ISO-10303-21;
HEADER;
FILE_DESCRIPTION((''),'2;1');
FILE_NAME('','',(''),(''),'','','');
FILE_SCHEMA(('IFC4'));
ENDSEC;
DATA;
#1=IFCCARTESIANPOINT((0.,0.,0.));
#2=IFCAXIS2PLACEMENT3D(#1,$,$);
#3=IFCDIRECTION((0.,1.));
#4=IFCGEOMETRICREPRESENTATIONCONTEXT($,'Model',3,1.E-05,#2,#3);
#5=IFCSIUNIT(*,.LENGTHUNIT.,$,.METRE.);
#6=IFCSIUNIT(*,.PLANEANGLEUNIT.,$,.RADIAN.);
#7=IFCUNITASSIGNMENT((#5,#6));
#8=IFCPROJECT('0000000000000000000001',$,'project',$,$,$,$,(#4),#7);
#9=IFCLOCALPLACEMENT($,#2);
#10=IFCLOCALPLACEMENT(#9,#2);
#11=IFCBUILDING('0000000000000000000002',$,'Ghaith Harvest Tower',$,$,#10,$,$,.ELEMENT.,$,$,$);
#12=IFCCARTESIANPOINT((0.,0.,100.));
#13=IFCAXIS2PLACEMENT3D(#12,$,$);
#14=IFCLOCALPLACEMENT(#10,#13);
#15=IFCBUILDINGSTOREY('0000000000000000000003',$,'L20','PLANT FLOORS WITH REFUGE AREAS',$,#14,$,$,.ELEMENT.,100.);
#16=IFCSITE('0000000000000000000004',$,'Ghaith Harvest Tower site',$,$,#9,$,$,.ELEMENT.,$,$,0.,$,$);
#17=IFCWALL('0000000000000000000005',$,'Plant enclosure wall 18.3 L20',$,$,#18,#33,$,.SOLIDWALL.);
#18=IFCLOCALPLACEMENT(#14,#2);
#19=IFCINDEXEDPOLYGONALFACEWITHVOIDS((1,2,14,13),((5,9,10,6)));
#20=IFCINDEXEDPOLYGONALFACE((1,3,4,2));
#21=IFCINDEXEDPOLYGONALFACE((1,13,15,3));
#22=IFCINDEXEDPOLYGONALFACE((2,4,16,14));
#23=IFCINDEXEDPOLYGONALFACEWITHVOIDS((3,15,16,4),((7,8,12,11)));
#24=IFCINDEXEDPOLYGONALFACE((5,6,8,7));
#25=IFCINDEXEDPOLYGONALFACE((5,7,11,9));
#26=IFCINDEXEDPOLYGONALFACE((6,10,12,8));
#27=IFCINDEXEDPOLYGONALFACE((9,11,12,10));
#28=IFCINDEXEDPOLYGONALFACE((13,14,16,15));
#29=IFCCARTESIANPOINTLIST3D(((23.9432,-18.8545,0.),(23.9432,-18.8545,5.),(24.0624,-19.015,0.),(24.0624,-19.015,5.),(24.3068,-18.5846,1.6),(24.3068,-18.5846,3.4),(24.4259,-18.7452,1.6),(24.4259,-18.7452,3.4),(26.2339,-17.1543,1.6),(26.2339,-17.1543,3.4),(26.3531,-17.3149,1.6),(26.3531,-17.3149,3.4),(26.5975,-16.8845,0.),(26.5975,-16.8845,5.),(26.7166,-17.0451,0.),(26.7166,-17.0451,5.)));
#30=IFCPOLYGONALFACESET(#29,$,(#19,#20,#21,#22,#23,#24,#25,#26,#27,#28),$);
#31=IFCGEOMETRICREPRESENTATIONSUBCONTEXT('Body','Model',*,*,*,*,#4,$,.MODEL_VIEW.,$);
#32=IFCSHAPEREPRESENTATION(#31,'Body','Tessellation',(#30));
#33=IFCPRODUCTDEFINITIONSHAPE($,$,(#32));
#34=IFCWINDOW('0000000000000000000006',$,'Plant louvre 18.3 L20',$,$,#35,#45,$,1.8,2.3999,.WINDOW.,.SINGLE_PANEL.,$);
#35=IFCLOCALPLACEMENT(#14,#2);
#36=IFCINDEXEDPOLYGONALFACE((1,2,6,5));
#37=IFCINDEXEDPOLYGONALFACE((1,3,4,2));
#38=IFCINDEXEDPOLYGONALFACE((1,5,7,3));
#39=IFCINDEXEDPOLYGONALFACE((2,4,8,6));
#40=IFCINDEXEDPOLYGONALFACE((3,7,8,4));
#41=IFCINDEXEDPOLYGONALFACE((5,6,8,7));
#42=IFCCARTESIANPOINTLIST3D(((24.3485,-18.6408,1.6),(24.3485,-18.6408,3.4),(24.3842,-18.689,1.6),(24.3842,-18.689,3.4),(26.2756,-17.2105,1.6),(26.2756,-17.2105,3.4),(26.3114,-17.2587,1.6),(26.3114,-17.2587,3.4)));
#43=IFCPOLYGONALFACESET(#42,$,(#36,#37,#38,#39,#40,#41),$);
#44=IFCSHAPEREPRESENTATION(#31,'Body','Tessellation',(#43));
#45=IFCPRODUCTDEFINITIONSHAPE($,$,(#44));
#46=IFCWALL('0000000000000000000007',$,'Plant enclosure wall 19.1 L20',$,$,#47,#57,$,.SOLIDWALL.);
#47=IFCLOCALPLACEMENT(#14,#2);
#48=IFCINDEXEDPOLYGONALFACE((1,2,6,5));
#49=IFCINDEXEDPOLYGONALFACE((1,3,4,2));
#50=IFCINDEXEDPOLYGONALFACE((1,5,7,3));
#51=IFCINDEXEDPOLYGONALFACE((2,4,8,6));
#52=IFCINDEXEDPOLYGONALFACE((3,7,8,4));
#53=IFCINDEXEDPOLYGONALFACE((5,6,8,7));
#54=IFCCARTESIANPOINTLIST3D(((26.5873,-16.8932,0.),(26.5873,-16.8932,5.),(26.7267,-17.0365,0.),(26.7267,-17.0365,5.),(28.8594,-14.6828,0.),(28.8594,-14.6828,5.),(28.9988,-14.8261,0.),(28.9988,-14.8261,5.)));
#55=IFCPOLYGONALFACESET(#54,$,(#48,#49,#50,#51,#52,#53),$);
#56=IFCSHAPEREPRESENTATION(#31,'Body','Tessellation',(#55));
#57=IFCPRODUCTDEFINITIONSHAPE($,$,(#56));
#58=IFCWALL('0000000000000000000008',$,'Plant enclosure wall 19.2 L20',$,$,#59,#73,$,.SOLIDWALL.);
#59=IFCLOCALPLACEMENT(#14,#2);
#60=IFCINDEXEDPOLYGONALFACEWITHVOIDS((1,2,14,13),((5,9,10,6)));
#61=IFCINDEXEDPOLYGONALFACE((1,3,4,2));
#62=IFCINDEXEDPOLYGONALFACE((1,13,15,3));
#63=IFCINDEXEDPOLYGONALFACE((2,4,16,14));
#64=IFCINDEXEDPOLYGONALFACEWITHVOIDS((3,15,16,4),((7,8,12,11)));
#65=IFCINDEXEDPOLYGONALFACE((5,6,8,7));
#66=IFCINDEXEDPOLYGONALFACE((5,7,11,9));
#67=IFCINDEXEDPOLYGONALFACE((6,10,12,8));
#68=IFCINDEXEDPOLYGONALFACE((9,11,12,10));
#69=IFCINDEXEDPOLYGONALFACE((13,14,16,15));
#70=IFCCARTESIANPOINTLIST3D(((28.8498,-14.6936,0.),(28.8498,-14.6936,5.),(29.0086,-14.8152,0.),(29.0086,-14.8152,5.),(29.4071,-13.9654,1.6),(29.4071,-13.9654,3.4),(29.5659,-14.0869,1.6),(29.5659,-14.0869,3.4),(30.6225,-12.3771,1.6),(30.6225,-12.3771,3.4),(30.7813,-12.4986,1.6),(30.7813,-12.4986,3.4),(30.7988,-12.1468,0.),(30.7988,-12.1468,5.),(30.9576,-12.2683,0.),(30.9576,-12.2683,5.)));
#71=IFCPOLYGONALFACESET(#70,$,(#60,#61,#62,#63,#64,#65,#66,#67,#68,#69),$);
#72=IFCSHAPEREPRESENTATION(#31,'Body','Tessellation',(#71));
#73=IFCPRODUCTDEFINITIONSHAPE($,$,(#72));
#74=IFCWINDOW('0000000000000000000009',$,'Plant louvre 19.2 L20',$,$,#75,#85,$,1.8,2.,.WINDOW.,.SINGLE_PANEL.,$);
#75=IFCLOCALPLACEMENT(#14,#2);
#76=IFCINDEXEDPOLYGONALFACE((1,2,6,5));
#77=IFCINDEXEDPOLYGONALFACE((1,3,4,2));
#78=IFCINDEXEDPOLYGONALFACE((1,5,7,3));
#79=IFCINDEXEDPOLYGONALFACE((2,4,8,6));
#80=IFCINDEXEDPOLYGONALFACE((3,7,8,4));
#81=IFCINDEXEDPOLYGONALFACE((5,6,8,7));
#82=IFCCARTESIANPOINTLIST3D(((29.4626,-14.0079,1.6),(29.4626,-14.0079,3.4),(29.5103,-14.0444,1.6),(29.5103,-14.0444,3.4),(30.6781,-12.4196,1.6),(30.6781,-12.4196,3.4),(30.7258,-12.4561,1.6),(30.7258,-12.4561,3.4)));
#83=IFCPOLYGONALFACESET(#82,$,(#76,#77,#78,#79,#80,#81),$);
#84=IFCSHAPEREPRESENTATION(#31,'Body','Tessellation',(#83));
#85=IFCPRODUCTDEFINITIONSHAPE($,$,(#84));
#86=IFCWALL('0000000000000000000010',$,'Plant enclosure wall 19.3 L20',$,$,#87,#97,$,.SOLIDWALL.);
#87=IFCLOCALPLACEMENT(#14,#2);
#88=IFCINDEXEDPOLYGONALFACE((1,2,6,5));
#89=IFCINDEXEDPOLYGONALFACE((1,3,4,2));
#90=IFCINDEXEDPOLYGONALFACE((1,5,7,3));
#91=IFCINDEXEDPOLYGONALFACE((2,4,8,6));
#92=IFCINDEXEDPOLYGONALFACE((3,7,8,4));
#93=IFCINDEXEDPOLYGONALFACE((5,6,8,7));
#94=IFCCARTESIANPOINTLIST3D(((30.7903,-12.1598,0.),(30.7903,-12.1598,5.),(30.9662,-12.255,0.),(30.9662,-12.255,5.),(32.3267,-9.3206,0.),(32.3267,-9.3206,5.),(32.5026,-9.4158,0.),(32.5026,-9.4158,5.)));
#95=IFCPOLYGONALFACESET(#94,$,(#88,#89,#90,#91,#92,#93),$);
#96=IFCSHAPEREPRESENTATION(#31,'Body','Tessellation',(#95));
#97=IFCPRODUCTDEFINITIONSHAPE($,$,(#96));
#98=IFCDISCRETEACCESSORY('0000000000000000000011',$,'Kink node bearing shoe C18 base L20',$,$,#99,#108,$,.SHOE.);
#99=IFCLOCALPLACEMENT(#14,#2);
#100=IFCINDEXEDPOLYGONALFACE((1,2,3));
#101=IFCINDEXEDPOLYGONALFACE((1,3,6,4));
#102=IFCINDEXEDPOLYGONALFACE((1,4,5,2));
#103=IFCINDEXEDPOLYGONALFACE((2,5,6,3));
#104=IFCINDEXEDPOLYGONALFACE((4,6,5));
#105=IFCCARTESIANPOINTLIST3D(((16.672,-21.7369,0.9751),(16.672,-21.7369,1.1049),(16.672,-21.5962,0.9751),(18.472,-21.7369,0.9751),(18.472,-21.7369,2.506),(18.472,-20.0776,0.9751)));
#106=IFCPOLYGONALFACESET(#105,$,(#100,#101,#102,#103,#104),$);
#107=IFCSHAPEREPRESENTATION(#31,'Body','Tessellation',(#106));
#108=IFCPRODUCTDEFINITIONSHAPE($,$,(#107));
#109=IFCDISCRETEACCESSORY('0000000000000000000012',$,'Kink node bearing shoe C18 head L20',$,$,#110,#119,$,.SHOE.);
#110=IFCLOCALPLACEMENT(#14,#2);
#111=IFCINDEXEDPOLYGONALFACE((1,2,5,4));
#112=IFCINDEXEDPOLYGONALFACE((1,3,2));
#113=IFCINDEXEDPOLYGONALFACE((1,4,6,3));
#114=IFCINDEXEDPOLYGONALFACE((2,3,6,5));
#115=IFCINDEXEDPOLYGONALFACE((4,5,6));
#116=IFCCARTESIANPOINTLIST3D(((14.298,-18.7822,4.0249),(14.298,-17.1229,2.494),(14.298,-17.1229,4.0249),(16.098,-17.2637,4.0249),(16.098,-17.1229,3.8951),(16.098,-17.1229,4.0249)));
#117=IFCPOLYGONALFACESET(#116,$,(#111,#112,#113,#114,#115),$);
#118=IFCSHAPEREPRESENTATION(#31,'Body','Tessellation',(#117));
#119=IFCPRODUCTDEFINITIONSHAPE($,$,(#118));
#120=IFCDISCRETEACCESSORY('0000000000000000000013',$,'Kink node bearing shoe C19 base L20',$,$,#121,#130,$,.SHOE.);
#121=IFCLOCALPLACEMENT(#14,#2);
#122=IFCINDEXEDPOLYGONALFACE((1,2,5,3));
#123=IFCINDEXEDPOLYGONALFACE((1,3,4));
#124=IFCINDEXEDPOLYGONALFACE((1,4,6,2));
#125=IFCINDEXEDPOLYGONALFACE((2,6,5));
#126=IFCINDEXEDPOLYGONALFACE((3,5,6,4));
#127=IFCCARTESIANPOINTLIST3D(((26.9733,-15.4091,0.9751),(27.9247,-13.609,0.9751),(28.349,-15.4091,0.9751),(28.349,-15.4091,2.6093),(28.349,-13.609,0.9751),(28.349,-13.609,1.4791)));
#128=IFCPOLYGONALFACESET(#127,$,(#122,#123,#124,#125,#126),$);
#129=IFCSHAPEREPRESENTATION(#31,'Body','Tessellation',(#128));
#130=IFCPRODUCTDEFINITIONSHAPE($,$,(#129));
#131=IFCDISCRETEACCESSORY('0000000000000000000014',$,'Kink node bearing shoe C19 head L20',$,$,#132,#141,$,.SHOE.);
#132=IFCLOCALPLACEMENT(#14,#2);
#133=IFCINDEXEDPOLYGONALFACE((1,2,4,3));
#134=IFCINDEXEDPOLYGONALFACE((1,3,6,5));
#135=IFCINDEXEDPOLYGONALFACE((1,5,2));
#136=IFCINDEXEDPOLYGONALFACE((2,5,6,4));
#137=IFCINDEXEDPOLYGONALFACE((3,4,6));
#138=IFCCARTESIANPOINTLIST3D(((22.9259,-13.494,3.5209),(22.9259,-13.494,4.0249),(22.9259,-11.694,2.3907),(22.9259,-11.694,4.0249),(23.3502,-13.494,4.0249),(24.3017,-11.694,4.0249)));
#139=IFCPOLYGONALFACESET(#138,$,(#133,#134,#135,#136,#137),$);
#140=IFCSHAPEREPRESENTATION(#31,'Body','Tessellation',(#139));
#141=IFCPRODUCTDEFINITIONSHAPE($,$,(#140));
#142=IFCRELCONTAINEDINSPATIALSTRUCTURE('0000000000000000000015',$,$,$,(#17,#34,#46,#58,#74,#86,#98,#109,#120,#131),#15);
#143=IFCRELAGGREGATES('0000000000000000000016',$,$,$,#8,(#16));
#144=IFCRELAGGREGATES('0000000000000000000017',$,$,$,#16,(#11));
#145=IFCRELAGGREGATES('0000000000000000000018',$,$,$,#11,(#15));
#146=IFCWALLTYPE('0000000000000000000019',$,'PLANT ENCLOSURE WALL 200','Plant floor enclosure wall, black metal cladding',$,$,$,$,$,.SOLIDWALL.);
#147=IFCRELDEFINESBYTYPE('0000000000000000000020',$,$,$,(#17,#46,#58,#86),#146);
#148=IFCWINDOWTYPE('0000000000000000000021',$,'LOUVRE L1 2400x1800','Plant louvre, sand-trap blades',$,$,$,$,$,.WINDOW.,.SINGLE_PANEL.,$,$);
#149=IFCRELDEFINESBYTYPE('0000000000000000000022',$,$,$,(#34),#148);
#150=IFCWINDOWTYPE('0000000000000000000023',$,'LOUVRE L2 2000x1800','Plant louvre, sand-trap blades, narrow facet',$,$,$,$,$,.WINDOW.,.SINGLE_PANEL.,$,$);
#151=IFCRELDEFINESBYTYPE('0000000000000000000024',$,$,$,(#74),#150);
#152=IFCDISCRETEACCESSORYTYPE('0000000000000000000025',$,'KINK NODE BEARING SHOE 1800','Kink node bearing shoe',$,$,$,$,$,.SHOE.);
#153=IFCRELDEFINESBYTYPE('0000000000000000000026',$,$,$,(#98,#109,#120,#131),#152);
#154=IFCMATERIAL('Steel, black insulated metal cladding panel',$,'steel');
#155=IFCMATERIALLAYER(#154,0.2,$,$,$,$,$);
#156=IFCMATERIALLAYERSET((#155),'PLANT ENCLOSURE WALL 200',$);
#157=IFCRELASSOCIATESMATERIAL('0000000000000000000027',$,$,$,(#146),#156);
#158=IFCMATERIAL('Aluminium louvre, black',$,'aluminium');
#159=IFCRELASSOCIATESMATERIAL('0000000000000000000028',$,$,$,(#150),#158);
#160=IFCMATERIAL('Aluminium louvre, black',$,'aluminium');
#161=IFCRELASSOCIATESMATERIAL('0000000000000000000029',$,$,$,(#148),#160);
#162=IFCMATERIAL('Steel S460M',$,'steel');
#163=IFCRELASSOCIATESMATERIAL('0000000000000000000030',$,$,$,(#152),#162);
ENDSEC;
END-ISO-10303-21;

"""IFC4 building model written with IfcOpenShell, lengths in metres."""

from ifc_helpers import new_model, si_unit, direction, frame, frame_2d, origin, origin_2d, place, context, subcontext, project, spatial, rectangle, extrude, clip, halfspace, material, layer, layer_set, material_profile, profile_set, type_object, element, fill, save


model = new_model("IFC4")

# Units and contexts
model_context = context("Model", 3, precision=1e-05, world=origin(), true_north=direction((0.0, 1.0)))
body_context = subcontext(model_context, "Body", "Model", "MODEL_VIEW")
ifc_project = project(units=[si_unit("LENGTHUNIT", "METRE"), si_unit("PLANEANGLEUNIT", "RADIAN")], contexts=[model_context])

# Site, building, storey
site_placement = place(None, origin())
site = spatial("IfcSite", under=ifc_project, at=site_placement, Name="Ghaith Harvest Tower site", CompositionType="ELEMENT", RefElevation=0.0)
building_placement = place(site_placement, origin())
building = spatial("IfcBuilding", under=site, at=building_placement, Name="Ghaith Harvest Tower", CompositionType="ELEMENT")
storey_placement = place(building_placement, frame((0.0, 0.0, 100.0)))
storey = spatial("IfcBuildingStorey", under=building, at=storey_placement, Name="L20", Description="PLANT FLOORS WITH REFUGE AREAS", CompositionType="ELEMENT", Elevation=100.0)

# Shared definitions
ifc_material_1 = material(Name="Steel, black insulated metal cladding panel", Category="steel")
ifc_layer_1 = layer(ifc_material_1, 0.2)
ifc_layer_set_1 = layer_set([ifc_layer_1], Name="PLANT ENCLOSURE WALL 200")
wall_type = type_object("IfcWallType", Name="PLANT ENCLOSURE WALL 200", Description="Plant floor enclosure wall, black metal cladding", PredefinedType="SOLIDWALL", material=ifc_layer_set_1)

# Wall, opening, window
ifc_material_2 = material(Name="Aluminium louvre, black", Category="aluminium")
window_type_1 = type_object("IfcWindowType", Name="LOUVRE L2 2000x1800", Description="Plant louvre, sand-trap blades, narrow facet", PartitioningType="SINGLE_PANEL", PredefinedType="WINDOW", material=ifc_material_2)
ifc_material_3 = material(Name="Aluminium louvre, black", Category="aluminium")
window_type_2 = type_object("IfcWindowType", Name="LOUVRE L1 2400x1800", Description="Plant louvre, sand-trap blades", PartitioningType="SINGLE_PANEL", PredefinedType="WINDOW", material=ifc_material_3)
wall_1_placement = place(storey_placement, frame((24.0027, -18.9348, 0.0), z_axis=(0.0, 0.0, 1.0), x_axis=(0.803003, 0.595974, 0.0)))
wall_1 = element("IfcWall", 1, at=wall_1_placement, inside=storey, type_object=wall_type, Name="Plant enclosure wall 18.3 L20", PredefinedType="SOLIDWALL", context=body_context, shape_type="SweptSolid", body=[
    extrude(rectangle(XDim=3.3054, YDim=0.2, at=frame_2d((1.6528, 0.0))), origin(), (0.0, 0.0, 1.0), 5.0),
])
opening_1_placement = place(wall_1_placement, frame((0.4529, 0.0, 1.6001)))
opening_1 = element("IfcOpeningElement", 2, at=opening_1_placement, cuts=wall_1, PredefinedType="OPENING", context=body_context, shape_type="SweptSolid", body=[
    extrude(rectangle(XDim=2.3999, YDim=1.8, at=frame_2d((1.2, 0.8999))), frame((0.0, 0.1099, 0.0), z_axis=(0.0, -1.0, 0.0), x_axis=(1.0, 0.0, 0.0)), (0.0, 0.0, 1.0), 0.22),
])
window_1_placement = place(opening_1_placement, origin())
window_1 = element("IfcWindow", 3, at=window_1_placement, inside=storey, type_object=window_type_2, Name="Plant louvre 18.3 L20", OverallHeight=1.8, OverallWidth=2.3999, PartitioningType="SINGLE_PANEL", PredefinedType="WINDOW", context=body_context, shape_type="SweptSolid", body=[
    extrude(rectangle(XDim=2.3999, YDim=1.8, at=frame_2d((1.2, 0.8999))), frame((0.0, 0.03, 0.0), z_axis=(0.0, -1.0, 0.0), x_axis=(1.0, 0.0, 0.0)), (0.0, 0.0, 1.0), 0.0601),
])
fill(opening_1, window_1)

# Wall
wall_2_placement = place(storey_placement, frame((26.657, -16.9648, 0.0), z_axis=(0.0, 0.0, 1.0), x_axis=(0.716782, 0.697297, 0.0)))
element("IfcWall", 4, at=wall_2_placement, inside=storey, type_object=wall_type, Name="Plant enclosure wall 19.1 L20", PredefinedType="SOLIDWALL", context=body_context, shape_type="SweptSolid", body=[
    extrude(rectangle(XDim=3.1699, YDim=0.2, at=frame_2d((1.585, 0.0))), origin(), (0.0, 0.0, 1.0), 5.0),
])

# Wall, opening, window
wall_3_placement = place(storey_placement, frame((28.9292, -14.7544, 0.0), z_axis=(0.0, 0.0, 1.0), x_axis=(0.607719, 0.794153, 0.0)))
wall_3 = element("IfcWall", 5, at=wall_3_placement, inside=storey, type_object=wall_type, Name="Plant enclosure wall 19.2 L20", PredefinedType="SOLIDWALL", context=body_context, shape_type="SweptSolid", body=[
    extrude(rectangle(XDim=3.207, YDim=0.2, at=frame_2d((1.6035, 0.0))), origin(), (0.0, 0.0, 1.0), 5.0),
])
opening_2_placement = place(wall_3_placement, frame((0.917, 0.0, 1.6001)))
opening_2 = element("IfcOpeningElement", 6, at=opening_2_placement, cuts=wall_3, PredefinedType="OPENING", context=body_context, shape_type="SweptSolid", body=[
    extrude(rectangle(XDim=2.0, YDim=1.8, at=frame_2d((1.0, 0.8999))), frame((0.0, 0.1099, 0.0), z_axis=(0.0, -1.0, 0.0), x_axis=(1.0, 0.0, 0.0)), (0.0, 0.0, 1.0), 0.22),
])
window_2_placement = place(opening_2_placement, origin())
window_2 = element("IfcWindow", 7, at=window_2_placement, inside=storey, type_object=window_type_1, Name="Plant louvre 19.2 L20", OverallHeight=1.8, OverallWidth=2.0, PartitioningType="SINGLE_PANEL", PredefinedType="WINDOW", context=body_context, shape_type="SweptSolid", body=[
    extrude(rectangle(XDim=2.0, YDim=1.8, at=frame_2d((1.0, 0.8999))), frame((0.0, 0.03, 0.0), z_axis=(0.0, -1.0, 0.0), x_axis=(1.0, 0.0, 0.0)), (0.0, 0.0, 1.0), 0.0601),
])
fill(opening_2, window_2)

# Wall
wall_4_placement = place(storey_placement, frame((30.8782, -12.2075, 0.0), z_axis=(0.0, 0.0, 1.0), x_axis=(0.47593, 0.879483, 0.0)))
element("IfcWall", 8, at=wall_4_placement, inside=storey, type_object=wall_type, Name="Plant enclosure wall 19.3 L20", PredefinedType="SOLIDWALL", context=body_context, shape_type="SweptSolid", body=[
    extrude(rectangle(XDim=3.2283, YDim=0.2, at=frame_2d((1.6143, 0.0))), origin(), (0.0, 0.0, 1.0), 5.0),
])

# Discrete accessories
ifc_material_4 = material(Name="Steel S460M", Category="steel")
ifc_material_profile_1 = material_profile(ifc_material_4, rectangle(XDim=1.8, YDim=1.8, at=origin_2d()), Name="KINK NODE BEARING SHOE 1800")
ifc_profile_set_1 = profile_set([ifc_material_profile_1], Name="Steel S460M")
discrete_accessory_type = type_object("IfcDiscreteAccessoryType", Name="KINK NODE BEARING SHOE 1800", Description="Kink node bearing shoe", PredefinedType="SHOE", material=ifc_profile_set_1)
discrete_accessory_1_placement = place(storey_placement, frame((17.572, -20.8369, 0.9751), z_axis=(0.0, 0.0, 1.0), x_axis=(1.0, 0.0, 0.0)))
element("IfcDiscreteAccessory", 9, at=discrete_accessory_1_placement, inside=storey, type_object=discrete_accessory_type, Name="Kink node bearing shoe C18 base L20", PredefinedType="SHOE", context=body_context, shape_type="Clipping", body=[
    clip(extrude(rectangle(XDim=1.8, YDim=1.8, at=origin_2d()), origin(), (0.0, 0.0, 1.0), 1.5408), halfspace(frame((0.0, 0.0, 0.0), z_axis=(-0.49656, 0.588593, 0.637956), x_axis=(1.0, 0.0, 0.0)), False)),
])
discrete_accessory_2_placement = place(storey_placement, frame((15.198, -18.0229, 2.4841), z_axis=(0.0, 0.0, 1.0), x_axis=(1.0, 0.0, 0.0)))
element("IfcDiscreteAccessory", 10, at=discrete_accessory_2_placement, inside=storey, type_object=discrete_accessory_type, Name="Kink node bearing shoe C18 head L20", PredefinedType="SHOE", context=body_context, shape_type="Clipping", body=[
    clip(extrude(rectangle(XDim=1.8, YDim=1.8, at=origin_2d()), origin(), (0.0, 0.0, 1.0), 1.5408), halfspace(frame((0.0, 0.0, 1.5408), z_axis=(0.49656, -0.588593, -0.637956), x_axis=(1.0, 0.0, 0.0)), False)),
])
discrete_accessory_3_placement = place(storey_placement, frame((27.449, -14.509, 0.9751), z_axis=(0.0, 0.0, 1.0), x_axis=(1.0, 0.0, 0.0)))
element("IfcDiscreteAccessory", 11, at=discrete_accessory_3_placement, inside=storey, type_object=discrete_accessory_type, Name="Kink node bearing shoe C19 base L20", PredefinedType="SHOE", context=body_context, shape_type="Clipping", body=[
    clip(extrude(rectangle(XDim=1.8, YDim=1.8, at=origin_2d()), origin(), (0.0, 0.0, 1.0), 1.644), halfspace(frame((0.0, 0.0, 0.0), z_axis=(-0.709223, 0.374872, 0.597055), x_axis=(1.0, 0.0, 0.0)), False)),
])
discrete_accessory_4_placement = place(storey_placement, frame((23.8259, -12.594, 2.3809), z_axis=(0.0, 0.0, 1.0), x_axis=(1.0, 0.0, 0.0)))
element("IfcDiscreteAccessory", 12, at=discrete_accessory_4_placement, inside=storey, type_object=discrete_accessory_type, Name="Kink node bearing shoe C19 head L20", PredefinedType="SHOE", context=body_context, shape_type="Clipping", body=[
    clip(extrude(rectangle(XDim=1.8, YDim=1.8, at=origin_2d()), origin(), (0.0, 0.0, 1.0), 1.644), halfspace(frame((0.0, 0.0, 1.644), z_axis=(0.709223, -0.374872, -0.597055), x_axis=(1.0, 0.0, 0.0)), False)),
])

save(model, "model.ifc")
